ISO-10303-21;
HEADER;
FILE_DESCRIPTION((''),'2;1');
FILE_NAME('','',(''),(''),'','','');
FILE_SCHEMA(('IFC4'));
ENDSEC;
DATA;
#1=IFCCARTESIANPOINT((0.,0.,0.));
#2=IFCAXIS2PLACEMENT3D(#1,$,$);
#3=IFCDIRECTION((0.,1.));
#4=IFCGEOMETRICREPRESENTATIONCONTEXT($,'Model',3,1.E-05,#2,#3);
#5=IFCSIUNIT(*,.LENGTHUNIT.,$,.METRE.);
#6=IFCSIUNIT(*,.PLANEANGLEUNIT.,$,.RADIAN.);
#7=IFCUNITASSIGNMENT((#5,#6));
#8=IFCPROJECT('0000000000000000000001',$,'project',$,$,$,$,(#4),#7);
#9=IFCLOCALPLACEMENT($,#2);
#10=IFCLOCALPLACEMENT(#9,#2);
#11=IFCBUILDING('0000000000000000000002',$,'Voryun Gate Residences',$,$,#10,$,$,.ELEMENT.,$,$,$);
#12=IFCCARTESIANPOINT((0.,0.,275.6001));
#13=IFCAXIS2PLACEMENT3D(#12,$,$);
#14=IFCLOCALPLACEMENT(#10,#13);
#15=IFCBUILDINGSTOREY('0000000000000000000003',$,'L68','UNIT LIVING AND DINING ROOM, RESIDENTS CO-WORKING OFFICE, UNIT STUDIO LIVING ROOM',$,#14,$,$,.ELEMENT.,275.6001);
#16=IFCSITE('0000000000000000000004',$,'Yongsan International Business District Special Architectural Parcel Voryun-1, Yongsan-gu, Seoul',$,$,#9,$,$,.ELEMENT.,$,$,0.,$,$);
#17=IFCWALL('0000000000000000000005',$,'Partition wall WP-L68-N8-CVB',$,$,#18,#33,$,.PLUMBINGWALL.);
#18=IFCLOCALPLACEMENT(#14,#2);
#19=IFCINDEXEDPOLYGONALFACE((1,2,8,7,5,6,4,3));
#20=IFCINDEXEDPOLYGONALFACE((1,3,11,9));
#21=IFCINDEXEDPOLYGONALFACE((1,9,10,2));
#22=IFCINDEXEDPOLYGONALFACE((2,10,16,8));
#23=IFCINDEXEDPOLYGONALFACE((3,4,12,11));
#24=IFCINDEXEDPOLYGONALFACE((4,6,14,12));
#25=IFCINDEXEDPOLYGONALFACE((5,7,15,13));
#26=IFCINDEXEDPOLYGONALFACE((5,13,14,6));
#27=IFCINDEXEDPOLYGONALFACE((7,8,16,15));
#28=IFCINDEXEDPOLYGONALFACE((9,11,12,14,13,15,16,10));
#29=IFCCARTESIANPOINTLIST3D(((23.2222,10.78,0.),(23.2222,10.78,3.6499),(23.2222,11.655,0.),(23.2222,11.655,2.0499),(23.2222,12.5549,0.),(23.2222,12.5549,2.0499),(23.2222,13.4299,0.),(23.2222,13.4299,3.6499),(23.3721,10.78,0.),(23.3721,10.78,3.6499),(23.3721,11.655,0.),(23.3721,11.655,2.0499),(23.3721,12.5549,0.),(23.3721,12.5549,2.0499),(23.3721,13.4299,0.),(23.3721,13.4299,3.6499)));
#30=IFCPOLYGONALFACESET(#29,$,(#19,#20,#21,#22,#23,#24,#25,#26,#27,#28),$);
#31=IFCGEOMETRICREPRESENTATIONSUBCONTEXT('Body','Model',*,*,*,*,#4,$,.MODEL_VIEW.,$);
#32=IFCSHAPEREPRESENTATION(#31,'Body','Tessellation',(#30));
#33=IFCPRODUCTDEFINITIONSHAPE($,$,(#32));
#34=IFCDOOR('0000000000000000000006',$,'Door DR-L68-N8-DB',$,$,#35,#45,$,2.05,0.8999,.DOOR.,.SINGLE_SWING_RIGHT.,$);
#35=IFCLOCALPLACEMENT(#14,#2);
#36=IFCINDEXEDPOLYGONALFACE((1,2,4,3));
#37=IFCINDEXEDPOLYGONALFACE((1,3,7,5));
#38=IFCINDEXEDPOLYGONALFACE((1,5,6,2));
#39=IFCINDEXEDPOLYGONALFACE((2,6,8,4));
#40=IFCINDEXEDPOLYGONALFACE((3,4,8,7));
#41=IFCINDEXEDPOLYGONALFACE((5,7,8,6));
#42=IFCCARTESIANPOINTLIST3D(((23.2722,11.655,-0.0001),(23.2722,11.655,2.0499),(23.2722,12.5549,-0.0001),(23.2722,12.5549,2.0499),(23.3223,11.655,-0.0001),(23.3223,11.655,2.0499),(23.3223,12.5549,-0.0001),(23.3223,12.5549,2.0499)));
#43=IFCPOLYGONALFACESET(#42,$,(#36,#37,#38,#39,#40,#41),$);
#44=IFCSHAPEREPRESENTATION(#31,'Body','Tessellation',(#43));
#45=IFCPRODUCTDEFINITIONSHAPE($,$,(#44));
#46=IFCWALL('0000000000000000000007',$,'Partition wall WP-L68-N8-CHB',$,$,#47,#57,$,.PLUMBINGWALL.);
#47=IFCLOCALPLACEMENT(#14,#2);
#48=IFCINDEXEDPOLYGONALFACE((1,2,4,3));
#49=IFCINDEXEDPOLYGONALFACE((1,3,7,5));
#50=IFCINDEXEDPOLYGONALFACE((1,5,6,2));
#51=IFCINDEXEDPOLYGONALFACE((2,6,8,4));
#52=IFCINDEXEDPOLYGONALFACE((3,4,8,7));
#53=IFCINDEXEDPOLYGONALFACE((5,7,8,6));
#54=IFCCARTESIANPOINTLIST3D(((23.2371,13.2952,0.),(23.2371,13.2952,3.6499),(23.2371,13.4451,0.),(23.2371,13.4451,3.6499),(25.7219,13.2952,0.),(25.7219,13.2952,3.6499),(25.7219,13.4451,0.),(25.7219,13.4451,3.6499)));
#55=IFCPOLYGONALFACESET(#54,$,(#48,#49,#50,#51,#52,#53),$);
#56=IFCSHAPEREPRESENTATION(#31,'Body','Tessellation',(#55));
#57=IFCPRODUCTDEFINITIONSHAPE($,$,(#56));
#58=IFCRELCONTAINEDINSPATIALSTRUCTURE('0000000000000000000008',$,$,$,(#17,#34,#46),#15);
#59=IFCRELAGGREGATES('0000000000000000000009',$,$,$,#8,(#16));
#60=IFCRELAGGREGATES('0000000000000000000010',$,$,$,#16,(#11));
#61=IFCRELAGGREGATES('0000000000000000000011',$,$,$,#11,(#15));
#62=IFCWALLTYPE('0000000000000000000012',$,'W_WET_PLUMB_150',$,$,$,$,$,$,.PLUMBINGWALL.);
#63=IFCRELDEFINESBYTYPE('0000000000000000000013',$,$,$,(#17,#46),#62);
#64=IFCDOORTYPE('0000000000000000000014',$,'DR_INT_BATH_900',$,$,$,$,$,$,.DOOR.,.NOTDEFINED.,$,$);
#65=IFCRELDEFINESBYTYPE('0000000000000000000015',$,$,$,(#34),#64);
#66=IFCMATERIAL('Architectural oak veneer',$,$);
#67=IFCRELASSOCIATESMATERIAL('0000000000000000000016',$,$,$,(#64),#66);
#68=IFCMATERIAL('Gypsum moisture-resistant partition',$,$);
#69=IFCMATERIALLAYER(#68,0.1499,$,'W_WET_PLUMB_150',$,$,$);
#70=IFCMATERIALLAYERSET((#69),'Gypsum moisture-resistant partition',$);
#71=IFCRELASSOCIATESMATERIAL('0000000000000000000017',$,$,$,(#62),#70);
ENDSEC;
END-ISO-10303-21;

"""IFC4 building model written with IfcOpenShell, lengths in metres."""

from ifc_helpers import new_model, si_unit, direction, frame, frame_2d, origin, place, context, subcontext, project, spatial, rectangle, extrude, material, layer, layer_set, type_object, element, fill, save


model = new_model("IFC4")

# Units and contexts
model_context = context("Model", 3, precision=1e-05, world=origin(), true_north=direction((0.0, 1.0)))
body_context = subcontext(model_context, "Body", "Model", "MODEL_VIEW")
ifc_project = project(units=[si_unit("LENGTHUNIT", "METRE"), si_unit("PLANEANGLEUNIT", "RADIAN")], contexts=[model_context])

# Site, building, storey
site_placement = place(None, origin())
site = spatial("IfcSite", under=ifc_project, at=site_placement, Name="Yongsan International Business District Special Architectural Parcel Voryun-1, Yongsan-gu, Seoul", CompositionType="ELEMENT", RefElevation=0.0)
building_placement = place(site_placement, origin())
building = spatial("IfcBuilding", under=site, at=building_placement, Name="Voryun Gate Residences", CompositionType="ELEMENT")
storey_placement = place(building_placement, frame((0.0, 0.0, 275.6001)))
storey = spatial("IfcBuildingStorey", under=building, at=storey_placement, Name="L68", Description="UNIT LIVING AND DINING ROOM, RESIDENTS CO-WORKING OFFICE, UNIT STUDIO LIVING ROOM", CompositionType="ELEMENT", Elevation=275.6001)

# Shared definitions
ifc_material_1 = material(Name="Architectural oak veneer")
door_type_1 = type_object("IfcDoorType", Name="DR_INT_BATH_900", OperationType="NOTDEFINED", PredefinedType="DOOR", material=ifc_material_1)

# Shared definitions
ifc_material_2 = material(Name="Gypsum moisture-resistant partition")
ifc_layer_1 = layer(ifc_material_2, 0.1499, Name="W_WET_PLUMB_150")
ifc_layer_set_1 = layer_set([ifc_layer_1], Name="Gypsum moisture-resistant partition")
wall_type_1 = type_object("IfcWallType", Name="W_WET_PLUMB_150", PredefinedType="PLUMBINGWALL", material=ifc_layer_set_1)

# Wall, opening, door
wall_1_placement = place(storey_placement, frame((23.2971, 10.78, 0.0), z_axis=(0.0, 0.0, 1.0), x_axis=(0.0, 1.0, 0.0)))
wall_1 = element("IfcWall", 1, at=wall_1_placement, inside=storey, type_object=wall_type_1, Name="Partition wall WP-L68-N8-CVB", PredefinedType="PLUMBINGWALL", context=body_context, shape_type="SweptSolid", body=[
    extrude(rectangle(XDim=2.6499, YDim=0.1499, at=frame_2d((1.325, 0.0))), origin(), (0.0, 0.0, 1.0), 3.6499),
])
opening_1_placement = place(wall_1_placement, frame((0.875, 0.0, 0.0)))
opening_1 = element("IfcOpeningElement", 2, at=opening_1_placement, cuts=wall_1, PredefinedType="OPENING", context=body_context, shape_type="SweptSolid", body=[
    extrude(rectangle(XDim=0.8999, YDim=2.05, at=frame_2d((0.45, 1.0249))), frame((0.0, 0.085, 0.0), z_axis=(0.0, -1.0, 0.0), x_axis=(1.0, 0.0, 0.0)), (0.0, 0.0, 1.0), 0.1699),
])
door_1_placement = place(opening_1_placement, origin())
door_1 = element("IfcDoor", 3, at=door_1_placement, inside=storey, type_object=door_type_1, Name="Door DR-L68-N8-DB", OperationType="SINGLE_SWING_RIGHT", OverallHeight=2.05, OverallWidth=0.8999, PredefinedType="DOOR", context=body_context, shape_type="SweptSolid", body=[
    extrude(rectangle(XDim=0.8999, YDim=2.05, at=frame_2d((0.45, 1.0249))), frame((0.0, 0.0249, 0.0), z_axis=(0.0, -1.0, 0.0), x_axis=(1.0, 0.0, 0.0)), (0.0, 0.0, 1.0), 0.05),
])
fill(opening_1, door_1)

# Wall
wall_2_placement = place(storey_placement, frame((23.2371, 13.3701, 0.0), z_axis=(0.0, 0.0, 1.0), x_axis=(1.0, 0.0, 0.0)))
element("IfcWall", 4, at=wall_2_placement, inside=storey, type_object=wall_type_1, Name="Partition wall WP-L68-N8-CHB", PredefinedType="PLUMBINGWALL", context=body_context, shape_type="SweptSolid", body=[
    extrude(rectangle(XDim=2.4849, YDim=0.1499, at=frame_2d((1.2424, 0.0))), origin(), (0.0, 0.0, 1.0), 3.6499),
])

save(model, "model.ifc")
